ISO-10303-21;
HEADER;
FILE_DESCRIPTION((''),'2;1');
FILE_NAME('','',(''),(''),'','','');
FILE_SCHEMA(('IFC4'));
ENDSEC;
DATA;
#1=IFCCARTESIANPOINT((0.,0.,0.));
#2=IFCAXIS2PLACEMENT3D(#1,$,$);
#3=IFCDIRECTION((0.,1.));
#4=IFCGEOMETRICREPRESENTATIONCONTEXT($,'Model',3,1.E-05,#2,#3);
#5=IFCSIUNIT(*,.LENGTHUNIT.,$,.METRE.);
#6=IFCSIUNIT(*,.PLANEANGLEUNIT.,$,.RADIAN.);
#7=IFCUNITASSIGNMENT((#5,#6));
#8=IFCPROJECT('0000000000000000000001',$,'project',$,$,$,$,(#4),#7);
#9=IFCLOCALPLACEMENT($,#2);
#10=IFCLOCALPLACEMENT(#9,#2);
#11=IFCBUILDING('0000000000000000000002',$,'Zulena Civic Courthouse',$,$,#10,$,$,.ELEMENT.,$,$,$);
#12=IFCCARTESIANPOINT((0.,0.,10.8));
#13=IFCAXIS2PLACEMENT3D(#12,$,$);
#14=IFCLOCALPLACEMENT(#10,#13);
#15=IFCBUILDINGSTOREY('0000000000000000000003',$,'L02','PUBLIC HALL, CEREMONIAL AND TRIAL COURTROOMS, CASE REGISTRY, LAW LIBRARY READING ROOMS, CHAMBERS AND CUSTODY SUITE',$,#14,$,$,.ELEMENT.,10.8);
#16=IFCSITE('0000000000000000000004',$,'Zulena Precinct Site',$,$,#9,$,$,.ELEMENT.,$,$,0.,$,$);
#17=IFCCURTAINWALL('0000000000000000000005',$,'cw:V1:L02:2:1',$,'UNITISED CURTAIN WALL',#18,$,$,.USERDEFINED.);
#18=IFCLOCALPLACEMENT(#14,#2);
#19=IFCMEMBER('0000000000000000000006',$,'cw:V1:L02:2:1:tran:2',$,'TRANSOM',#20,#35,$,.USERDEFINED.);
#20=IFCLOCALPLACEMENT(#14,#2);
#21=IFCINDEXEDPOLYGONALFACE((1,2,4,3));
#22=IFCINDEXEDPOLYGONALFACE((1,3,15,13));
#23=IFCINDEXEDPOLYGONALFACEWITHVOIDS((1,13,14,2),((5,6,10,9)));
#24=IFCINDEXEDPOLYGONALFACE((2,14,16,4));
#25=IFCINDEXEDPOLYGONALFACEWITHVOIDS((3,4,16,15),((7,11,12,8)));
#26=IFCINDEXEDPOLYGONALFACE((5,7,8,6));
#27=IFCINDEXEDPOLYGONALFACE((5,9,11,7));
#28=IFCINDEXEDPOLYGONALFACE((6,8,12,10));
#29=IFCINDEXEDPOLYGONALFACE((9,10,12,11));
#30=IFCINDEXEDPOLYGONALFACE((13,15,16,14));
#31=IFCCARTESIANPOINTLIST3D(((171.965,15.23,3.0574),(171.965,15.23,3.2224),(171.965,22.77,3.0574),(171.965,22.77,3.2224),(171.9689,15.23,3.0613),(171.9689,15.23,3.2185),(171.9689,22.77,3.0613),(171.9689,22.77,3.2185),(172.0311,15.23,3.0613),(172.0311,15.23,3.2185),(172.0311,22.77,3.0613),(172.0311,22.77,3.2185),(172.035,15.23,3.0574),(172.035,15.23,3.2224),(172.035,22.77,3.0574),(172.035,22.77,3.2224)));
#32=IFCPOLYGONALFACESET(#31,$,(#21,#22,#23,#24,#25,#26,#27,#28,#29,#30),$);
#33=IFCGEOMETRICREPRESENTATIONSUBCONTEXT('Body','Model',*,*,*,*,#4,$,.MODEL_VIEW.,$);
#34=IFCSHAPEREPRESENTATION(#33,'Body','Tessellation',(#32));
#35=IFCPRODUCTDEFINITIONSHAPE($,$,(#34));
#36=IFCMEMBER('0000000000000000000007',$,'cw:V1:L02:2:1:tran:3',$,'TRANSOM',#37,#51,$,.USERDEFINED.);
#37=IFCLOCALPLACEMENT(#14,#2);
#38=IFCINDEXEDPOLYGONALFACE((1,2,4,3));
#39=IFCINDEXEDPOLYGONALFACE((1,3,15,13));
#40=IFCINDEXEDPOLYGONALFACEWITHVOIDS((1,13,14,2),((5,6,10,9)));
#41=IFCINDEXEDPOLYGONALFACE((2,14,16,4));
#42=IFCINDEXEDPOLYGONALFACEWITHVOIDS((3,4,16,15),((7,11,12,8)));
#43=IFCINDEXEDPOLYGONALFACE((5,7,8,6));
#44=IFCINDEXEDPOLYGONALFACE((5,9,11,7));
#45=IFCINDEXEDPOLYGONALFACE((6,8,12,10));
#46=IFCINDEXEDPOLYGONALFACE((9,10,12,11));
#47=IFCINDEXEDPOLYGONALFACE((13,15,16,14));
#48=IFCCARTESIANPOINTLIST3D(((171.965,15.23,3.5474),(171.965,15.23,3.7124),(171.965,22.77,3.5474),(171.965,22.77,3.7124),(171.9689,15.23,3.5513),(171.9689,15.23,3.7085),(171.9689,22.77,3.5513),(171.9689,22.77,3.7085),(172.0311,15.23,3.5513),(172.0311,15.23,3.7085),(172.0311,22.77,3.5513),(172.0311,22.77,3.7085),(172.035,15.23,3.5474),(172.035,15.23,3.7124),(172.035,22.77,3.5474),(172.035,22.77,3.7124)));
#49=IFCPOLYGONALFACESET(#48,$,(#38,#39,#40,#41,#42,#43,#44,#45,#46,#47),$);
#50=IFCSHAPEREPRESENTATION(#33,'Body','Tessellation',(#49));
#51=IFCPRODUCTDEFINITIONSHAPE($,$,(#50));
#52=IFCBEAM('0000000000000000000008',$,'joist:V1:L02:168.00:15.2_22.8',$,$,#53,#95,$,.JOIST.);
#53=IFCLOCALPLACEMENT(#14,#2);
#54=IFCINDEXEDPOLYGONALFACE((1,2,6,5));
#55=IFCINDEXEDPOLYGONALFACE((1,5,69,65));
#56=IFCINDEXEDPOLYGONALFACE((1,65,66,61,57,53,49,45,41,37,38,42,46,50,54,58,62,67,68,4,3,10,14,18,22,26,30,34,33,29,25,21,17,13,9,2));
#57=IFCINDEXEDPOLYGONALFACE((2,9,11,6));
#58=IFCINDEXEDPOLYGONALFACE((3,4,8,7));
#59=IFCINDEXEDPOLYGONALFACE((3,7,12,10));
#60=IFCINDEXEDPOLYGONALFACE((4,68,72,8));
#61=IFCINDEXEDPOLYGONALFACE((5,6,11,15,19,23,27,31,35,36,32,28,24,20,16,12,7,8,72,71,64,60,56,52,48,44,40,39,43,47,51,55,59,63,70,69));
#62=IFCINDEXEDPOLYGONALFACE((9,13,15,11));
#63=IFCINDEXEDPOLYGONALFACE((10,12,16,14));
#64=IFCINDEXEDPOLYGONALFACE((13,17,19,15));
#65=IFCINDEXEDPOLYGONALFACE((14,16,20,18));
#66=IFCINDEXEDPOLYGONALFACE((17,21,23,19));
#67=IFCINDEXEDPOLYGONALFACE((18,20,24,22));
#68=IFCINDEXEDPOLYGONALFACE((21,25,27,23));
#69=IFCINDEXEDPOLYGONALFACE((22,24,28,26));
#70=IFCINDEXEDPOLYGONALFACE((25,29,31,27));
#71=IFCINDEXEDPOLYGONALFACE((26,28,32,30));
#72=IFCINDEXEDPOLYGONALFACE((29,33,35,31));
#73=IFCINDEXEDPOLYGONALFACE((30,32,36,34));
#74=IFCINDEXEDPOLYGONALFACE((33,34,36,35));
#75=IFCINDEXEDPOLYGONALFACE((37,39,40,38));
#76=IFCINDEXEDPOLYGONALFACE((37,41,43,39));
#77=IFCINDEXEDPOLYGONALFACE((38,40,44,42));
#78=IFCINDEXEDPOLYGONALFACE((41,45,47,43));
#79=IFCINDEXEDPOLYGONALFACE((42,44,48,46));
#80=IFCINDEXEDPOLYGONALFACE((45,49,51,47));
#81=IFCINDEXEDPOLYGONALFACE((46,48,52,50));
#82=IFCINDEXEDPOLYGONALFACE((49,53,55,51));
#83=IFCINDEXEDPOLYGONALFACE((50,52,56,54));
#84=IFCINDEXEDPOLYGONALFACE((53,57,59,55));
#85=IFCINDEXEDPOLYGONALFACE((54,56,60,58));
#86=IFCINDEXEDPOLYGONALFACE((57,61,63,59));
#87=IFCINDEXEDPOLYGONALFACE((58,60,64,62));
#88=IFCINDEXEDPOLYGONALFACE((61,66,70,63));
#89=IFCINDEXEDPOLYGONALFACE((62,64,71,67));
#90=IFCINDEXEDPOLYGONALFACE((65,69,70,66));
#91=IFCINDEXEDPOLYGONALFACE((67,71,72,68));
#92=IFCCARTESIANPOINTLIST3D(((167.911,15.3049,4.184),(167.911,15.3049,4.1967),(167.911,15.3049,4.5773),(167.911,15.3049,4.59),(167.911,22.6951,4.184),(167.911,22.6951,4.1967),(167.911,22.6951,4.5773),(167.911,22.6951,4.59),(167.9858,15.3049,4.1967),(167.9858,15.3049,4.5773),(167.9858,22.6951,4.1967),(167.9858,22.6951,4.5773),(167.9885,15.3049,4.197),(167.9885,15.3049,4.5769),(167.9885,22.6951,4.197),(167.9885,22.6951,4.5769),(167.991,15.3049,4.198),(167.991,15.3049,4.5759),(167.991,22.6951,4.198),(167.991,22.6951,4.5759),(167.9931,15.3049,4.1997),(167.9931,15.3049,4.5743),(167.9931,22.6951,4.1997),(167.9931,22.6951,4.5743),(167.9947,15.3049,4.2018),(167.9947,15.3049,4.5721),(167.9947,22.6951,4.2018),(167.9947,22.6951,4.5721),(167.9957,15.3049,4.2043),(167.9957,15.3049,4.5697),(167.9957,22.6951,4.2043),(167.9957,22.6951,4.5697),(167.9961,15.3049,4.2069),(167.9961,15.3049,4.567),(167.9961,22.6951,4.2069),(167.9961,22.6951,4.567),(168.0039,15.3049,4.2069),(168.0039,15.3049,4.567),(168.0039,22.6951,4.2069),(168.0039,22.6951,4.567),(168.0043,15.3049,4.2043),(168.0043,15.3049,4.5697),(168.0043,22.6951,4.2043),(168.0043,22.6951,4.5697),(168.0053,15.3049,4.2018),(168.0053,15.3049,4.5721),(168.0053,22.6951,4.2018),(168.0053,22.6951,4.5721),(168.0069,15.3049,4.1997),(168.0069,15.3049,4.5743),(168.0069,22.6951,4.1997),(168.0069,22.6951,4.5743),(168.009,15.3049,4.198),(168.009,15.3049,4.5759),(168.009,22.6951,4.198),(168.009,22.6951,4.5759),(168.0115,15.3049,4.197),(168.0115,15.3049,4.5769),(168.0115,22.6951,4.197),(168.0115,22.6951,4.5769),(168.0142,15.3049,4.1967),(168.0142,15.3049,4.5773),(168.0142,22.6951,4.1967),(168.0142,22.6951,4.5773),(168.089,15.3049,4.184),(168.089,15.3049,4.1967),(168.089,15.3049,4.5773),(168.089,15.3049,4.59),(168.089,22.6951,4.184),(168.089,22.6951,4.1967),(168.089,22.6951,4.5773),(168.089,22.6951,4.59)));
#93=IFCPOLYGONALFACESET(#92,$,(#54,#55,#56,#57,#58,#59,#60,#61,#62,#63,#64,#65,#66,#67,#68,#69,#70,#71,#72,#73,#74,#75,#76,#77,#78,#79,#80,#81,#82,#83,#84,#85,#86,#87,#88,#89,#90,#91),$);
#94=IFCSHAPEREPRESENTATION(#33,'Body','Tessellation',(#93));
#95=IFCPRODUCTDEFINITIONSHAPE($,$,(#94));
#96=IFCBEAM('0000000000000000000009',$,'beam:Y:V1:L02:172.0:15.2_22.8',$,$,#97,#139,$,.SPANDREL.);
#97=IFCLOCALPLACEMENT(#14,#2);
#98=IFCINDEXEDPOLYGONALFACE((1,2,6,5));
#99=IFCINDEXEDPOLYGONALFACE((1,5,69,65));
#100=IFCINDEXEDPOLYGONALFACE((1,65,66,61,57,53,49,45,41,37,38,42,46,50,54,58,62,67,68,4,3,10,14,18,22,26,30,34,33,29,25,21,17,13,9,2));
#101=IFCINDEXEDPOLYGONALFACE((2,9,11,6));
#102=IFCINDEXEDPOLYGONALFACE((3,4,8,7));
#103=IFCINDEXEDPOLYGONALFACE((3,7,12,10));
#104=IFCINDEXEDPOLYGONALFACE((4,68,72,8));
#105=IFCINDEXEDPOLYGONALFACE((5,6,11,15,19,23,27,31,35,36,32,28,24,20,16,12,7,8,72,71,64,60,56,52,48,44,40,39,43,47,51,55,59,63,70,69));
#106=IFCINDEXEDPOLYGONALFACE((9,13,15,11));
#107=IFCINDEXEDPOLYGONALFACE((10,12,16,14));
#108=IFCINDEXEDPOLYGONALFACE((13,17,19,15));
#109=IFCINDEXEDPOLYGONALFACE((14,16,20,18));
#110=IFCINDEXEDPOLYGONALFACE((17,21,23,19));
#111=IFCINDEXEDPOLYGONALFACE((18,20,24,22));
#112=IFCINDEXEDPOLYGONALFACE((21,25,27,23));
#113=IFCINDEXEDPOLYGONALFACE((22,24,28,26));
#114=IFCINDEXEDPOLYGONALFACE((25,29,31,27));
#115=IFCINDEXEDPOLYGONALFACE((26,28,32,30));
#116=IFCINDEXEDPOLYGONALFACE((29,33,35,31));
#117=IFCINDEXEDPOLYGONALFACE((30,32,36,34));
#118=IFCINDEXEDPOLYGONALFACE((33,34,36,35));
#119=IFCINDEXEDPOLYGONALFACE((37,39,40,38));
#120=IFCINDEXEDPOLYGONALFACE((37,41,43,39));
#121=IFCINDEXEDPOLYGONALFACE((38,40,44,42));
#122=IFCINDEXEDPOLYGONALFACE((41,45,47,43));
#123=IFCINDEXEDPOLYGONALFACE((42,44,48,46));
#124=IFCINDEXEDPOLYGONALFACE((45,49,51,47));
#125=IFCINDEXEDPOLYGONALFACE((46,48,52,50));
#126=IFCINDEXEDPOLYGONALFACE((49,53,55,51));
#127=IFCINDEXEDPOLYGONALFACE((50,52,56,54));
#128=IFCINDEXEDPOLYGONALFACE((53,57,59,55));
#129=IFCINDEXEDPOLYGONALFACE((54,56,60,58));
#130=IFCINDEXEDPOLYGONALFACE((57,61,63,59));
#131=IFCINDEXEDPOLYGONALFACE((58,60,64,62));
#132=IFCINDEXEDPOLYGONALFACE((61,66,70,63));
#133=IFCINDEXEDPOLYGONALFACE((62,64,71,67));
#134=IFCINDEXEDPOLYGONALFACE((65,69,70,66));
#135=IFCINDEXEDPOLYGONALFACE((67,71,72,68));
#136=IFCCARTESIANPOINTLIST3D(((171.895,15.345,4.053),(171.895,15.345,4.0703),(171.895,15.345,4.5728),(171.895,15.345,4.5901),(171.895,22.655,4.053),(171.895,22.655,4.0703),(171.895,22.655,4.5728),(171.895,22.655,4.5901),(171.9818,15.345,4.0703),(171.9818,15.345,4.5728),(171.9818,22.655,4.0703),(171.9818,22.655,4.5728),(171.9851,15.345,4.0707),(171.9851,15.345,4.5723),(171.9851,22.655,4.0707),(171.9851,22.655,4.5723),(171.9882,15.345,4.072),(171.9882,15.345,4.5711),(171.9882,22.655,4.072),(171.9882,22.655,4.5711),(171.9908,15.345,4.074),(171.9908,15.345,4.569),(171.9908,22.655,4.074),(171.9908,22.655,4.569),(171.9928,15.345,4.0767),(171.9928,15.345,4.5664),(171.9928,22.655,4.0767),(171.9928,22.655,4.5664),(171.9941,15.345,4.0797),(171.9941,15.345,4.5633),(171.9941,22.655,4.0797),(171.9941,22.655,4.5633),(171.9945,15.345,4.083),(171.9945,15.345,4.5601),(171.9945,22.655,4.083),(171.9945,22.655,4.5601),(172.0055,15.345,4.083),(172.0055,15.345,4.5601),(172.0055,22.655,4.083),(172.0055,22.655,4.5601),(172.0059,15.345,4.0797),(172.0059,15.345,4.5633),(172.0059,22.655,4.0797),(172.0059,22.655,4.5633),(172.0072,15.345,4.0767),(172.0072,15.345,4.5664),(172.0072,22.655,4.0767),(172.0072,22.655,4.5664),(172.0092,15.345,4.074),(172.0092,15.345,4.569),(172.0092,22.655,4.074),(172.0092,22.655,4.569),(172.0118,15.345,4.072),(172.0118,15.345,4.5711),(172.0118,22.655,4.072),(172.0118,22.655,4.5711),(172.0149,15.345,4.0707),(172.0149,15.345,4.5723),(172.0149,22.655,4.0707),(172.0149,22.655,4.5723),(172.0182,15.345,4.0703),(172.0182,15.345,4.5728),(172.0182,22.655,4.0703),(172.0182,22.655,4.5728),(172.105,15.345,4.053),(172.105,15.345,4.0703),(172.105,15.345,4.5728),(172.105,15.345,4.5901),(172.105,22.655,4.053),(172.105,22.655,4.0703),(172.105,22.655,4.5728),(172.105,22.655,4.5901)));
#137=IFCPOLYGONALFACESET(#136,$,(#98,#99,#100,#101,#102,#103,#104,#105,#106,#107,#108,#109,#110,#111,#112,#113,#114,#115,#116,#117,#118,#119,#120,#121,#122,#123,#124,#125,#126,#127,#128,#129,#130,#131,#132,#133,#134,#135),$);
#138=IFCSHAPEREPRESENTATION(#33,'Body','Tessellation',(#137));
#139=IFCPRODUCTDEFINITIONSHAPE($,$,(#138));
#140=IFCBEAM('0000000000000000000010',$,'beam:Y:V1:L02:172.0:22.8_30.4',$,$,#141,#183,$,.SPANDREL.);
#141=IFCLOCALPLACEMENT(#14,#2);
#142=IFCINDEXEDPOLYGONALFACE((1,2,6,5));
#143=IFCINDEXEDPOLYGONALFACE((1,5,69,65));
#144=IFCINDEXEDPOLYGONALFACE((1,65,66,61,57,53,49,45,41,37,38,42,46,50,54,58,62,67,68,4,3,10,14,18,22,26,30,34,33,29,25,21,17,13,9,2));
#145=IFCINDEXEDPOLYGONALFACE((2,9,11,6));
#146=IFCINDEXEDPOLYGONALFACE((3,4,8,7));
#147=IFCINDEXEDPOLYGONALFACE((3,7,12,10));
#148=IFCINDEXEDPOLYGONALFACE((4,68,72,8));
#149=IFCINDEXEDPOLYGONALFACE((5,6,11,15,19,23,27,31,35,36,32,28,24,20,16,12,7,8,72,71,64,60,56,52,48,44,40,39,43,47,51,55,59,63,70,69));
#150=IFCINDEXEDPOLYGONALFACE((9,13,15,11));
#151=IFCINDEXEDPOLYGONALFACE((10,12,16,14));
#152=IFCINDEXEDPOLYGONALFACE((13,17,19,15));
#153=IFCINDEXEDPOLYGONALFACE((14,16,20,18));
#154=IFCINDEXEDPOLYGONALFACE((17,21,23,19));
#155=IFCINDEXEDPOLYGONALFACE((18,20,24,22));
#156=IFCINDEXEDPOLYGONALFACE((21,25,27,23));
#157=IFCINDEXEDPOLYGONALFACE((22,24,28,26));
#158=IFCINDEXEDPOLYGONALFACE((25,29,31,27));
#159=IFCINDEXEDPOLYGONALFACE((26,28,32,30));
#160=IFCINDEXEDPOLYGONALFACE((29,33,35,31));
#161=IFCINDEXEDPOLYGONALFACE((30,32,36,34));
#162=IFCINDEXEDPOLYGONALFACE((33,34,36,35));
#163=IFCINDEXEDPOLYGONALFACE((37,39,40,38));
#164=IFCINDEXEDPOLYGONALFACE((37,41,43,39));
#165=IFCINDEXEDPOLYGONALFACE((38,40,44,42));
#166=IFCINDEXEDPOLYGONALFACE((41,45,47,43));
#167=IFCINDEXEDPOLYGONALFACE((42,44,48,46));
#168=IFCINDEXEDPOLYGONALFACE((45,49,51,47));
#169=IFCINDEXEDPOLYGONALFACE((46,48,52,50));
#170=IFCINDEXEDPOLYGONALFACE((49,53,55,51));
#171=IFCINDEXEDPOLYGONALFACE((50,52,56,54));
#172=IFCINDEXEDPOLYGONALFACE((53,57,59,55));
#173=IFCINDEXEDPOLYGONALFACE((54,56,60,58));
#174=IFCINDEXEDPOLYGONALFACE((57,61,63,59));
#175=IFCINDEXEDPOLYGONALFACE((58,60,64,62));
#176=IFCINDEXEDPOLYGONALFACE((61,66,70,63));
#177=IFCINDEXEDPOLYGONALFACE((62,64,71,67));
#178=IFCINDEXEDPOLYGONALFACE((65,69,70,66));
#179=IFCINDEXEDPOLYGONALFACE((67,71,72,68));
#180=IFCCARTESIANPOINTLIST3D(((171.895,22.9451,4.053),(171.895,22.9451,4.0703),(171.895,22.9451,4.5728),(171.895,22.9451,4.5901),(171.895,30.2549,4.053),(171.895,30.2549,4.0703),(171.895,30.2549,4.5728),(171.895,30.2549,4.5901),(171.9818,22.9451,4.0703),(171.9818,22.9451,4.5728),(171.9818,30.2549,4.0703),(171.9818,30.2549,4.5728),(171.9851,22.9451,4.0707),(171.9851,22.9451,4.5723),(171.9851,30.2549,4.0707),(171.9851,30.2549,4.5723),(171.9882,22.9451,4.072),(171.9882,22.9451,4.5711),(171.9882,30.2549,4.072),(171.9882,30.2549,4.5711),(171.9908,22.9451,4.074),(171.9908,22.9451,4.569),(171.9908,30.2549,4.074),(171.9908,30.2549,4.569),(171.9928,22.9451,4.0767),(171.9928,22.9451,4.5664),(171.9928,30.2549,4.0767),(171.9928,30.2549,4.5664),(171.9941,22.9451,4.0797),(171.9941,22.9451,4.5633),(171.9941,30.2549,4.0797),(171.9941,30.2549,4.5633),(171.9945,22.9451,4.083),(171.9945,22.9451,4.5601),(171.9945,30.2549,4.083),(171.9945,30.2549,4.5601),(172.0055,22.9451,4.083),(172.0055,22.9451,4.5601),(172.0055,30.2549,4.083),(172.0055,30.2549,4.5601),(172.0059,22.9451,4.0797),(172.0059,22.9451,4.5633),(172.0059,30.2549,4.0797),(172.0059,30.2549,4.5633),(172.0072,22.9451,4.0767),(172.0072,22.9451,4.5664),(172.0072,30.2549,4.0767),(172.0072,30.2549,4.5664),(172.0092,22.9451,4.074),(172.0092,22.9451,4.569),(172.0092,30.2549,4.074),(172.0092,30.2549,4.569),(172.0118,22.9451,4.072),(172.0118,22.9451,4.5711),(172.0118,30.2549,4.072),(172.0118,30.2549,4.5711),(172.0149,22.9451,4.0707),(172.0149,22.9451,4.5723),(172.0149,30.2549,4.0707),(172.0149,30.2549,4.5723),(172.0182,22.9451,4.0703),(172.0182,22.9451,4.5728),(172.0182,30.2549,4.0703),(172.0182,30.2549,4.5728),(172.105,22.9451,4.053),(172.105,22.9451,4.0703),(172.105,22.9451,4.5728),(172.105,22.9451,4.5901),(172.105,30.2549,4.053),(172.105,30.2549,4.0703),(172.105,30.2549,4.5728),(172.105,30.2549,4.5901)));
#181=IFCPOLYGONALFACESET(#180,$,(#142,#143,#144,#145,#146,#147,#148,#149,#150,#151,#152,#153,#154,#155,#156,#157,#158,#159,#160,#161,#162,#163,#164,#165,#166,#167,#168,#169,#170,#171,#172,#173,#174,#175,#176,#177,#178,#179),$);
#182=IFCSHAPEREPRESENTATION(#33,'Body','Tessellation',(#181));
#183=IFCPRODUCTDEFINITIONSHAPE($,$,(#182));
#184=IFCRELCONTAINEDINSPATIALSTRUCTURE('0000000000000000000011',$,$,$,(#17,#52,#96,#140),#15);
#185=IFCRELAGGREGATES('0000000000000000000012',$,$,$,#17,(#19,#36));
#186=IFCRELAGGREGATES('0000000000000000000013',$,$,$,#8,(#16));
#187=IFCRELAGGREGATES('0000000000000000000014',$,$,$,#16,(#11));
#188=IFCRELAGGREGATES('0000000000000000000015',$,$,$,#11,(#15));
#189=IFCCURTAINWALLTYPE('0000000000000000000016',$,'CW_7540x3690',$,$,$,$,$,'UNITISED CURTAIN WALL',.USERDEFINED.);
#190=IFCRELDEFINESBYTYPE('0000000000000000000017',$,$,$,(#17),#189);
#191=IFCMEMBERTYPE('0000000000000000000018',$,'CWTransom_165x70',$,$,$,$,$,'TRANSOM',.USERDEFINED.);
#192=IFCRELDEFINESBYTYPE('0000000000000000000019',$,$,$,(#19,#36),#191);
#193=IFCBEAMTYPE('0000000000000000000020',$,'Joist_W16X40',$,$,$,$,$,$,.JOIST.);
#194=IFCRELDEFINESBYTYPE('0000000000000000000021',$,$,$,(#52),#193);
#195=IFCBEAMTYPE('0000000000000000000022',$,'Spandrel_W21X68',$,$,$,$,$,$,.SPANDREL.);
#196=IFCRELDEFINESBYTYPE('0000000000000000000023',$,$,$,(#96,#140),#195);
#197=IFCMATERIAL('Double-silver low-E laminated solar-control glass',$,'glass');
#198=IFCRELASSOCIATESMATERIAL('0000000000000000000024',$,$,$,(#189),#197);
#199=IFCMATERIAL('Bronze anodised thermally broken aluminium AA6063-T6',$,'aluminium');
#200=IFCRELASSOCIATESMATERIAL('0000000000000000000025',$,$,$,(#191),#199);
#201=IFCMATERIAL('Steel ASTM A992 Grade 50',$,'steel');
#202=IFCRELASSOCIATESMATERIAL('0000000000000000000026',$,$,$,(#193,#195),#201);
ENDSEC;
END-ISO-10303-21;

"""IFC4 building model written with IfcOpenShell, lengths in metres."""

from ifc_helpers import new_model, si_unit, direction, frame, origin, origin_2d, place, context, subcontext, project, spatial, hollow_rectangle, i_section, extrude, material, material_profile, profile_set, type_object, element, aggregate, save


model = new_model("IFC4")

# Units and contexts
model_context = context("Model", 3, precision=1e-05, world=origin(), true_north=direction((0.0, 1.0)))
body_context = subcontext(model_context, "Body", "Model", "MODEL_VIEW")
ifc_project = project(units=[si_unit("LENGTHUNIT", "METRE"), si_unit("PLANEANGLEUNIT", "RADIAN")], contexts=[model_context])

# Site, building, storey
site_placement = place(None, origin())
site = spatial("IfcSite", under=ifc_project, at=site_placement, Name="Zulena Precinct Site", CompositionType="ELEMENT", RefElevation=0.0)
building_placement = place(site_placement, origin())
building = spatial("IfcBuilding", under=site, at=building_placement, Name="Zulena Civic Courthouse", CompositionType="ELEMENT")
storey_placement = place(building_placement, frame((0.0, 0.0, 10.8)))
storey = spatial("IfcBuildingStorey", under=building, at=storey_placement, Name="L02", Description="PUBLIC HALL, CEREMONIAL AND TRIAL COURTROOMS, CASE REGISTRY, LAW LIBRARY READING ROOMS, CHAMBERS AND CUSTODY SUITE", CompositionType="ELEMENT", Elevation=10.8)

# Shared definitions
ifc_material_1 = material(Name="Steel ASTM A992 Grade 50", Category="steel")

# Curtain wall, members
ifc_material_2 = material(Name="Double-silver low-E laminated solar-control glass", Category="glass")
curtain_wall_type = type_object("IfcCurtainWallType", Name="CW_7540x3690", ElementType="UNITISED CURTAIN WALL", PredefinedType="USERDEFINED", material=ifc_material_2)
curtain_wall_placement = place(storey_placement, origin())
curtain_wall = element("IfcCurtainWall", 1, at=curtain_wall_placement, inside=storey, type_object=curtain_wall_type, Name="cw:V1:L02:2:1", ObjectType="UNITISED CURTAIN WALL", PredefinedType="USERDEFINED")
ifc_material_3 = material(Name="Bronze anodised thermally broken aluminium AA6063-T6", Category="aluminium")
ifc_material_profile_1 = material_profile(ifc_material_3, hollow_rectangle(XDim=0.0701, YDim=0.165, WallThickness=0.0039, at=origin_2d()), Name="CWT165X70X4")
ifc_profile_set_1 = profile_set([ifc_material_profile_1], Name="Bronze anodised thermally broken aluminium AA6063-T6")
member_type_1 = type_object("IfcMemberType", Name="CWTransom_165x70", ElementType="TRANSOM", PredefinedType="USERDEFINED", material=ifc_profile_set_1)
member_1_placement = place(storey_placement, frame((172.0, 22.77, 3.1399), z_axis=(0.0, -1.0, 0.0), x_axis=(1.0, 0.0, 0.0)))
member_1 = element("IfcMember", 2, at=member_1_placement, type_object=member_type_1, Name="cw:V1:L02:2:1:tran:2", ObjectType="TRANSOM", PredefinedType="USERDEFINED", context=body_context, shape_type="SweptSolid", body=[
    extrude(hollow_rectangle(XDim=0.0701, YDim=0.165, WallThickness=0.0039, at=origin_2d()), origin(), (0.0, 0.0, 1.0), 7.54),
])
member_2_placement = place(storey_placement, frame((172.0, 22.77, 3.6299), z_axis=(0.0, -1.0, 0.0), x_axis=(1.0, 0.0, 0.0)))
member_2 = element("IfcMember", 3, at=member_2_placement, type_object=member_type_1, Name="cw:V1:L02:2:1:tran:3", ObjectType="TRANSOM", PredefinedType="USERDEFINED", context=body_context, shape_type="SweptSolid", body=[
    extrude(hollow_rectangle(XDim=0.0701, YDim=0.165, WallThickness=0.0039, at=origin_2d()), origin(), (0.0, 0.0, 1.0), 7.54),
])

# Beams
ifc_material_profile_2 = material_profile(ifc_material_1, i_section(OverallWidth=0.178, OverallDepth=0.406, WebThickness=0.0078, FlangeThickness=0.0127, FilletRadius=0.0103, at=origin_2d()), Name="W16X40")
ifc_profile_set_2 = profile_set([ifc_material_profile_2], Name="Steel ASTM A992 Grade 50")
beam_type_1 = type_object("IfcBeamType", Name="Joist_W16X40", PredefinedType="JOIST", material=ifc_profile_set_2)
beam_1_placement = place(storey_placement, frame((168.0, 15.3049, 4.387), z_axis=(0.0, 1.0, 0.0), x_axis=(-1.0, 0.0, 0.0)))
element("IfcBeam", 4, at=beam_1_placement, inside=storey, type_object=beam_type_1, Name="joist:V1:L02:168.00:15.2_22.8", PredefinedType="JOIST", context=body_context, shape_type="SweptSolid", body=[
    extrude(i_section(OverallWidth=0.178, OverallDepth=0.406, WebThickness=0.0078, FlangeThickness=0.0127, FilletRadius=0.0103, at=origin_2d()), origin(), (0.0, 0.0, 1.0), 7.3901),
])
ifc_material_profile_3 = material_profile(ifc_material_1, i_section(OverallWidth=0.21, OverallDepth=0.5371, WebThickness=0.011, FlangeThickness=0.0173, FilletRadius=0.0127, at=origin_2d()), Name="W21X68")
ifc_profile_set_3 = profile_set([ifc_material_profile_3], Name="Steel ASTM A992 Grade 50")
beam_type_2 = type_object("IfcBeamType", Name="Spandrel_W21X68", PredefinedType="SPANDREL", material=ifc_profile_set_3)
beam_2_placement = place(storey_placement, frame((172.0, 15.345, 4.3215), z_axis=(0.0, 1.0, 0.0), x_axis=(-1.0, 0.0, 0.0)))
element("IfcBeam", 5, at=beam_2_placement, inside=storey, type_object=beam_type_2, Name="beam:Y:V1:L02:172.0:15.2_22.8", PredefinedType="SPANDREL", context=body_context, shape_type="SweptSolid", body=[
    extrude(i_section(OverallWidth=0.21, OverallDepth=0.5371, WebThickness=0.011, FlangeThickness=0.0173, FilletRadius=0.0127, at=origin_2d()), origin(), (0.0, 0.0, 1.0), 7.3101),
])
beam_3_placement = place(storey_placement, frame((172.0, 22.9451, 4.3215), z_axis=(0.0, 1.0, 0.0), x_axis=(-1.0, 0.0, 0.0)))
element("IfcBeam", 6, at=beam_3_placement, inside=storey, type_object=beam_type_2, Name="beam:Y:V1:L02:172.0:22.8_30.4", PredefinedType="SPANDREL", context=body_context, shape_type="SweptSolid", body=[
    extrude(i_section(OverallWidth=0.21, OverallDepth=0.5371, WebThickness=0.011, FlangeThickness=0.0173, FilletRadius=0.0127, at=origin_2d()), origin(), (0.0, 0.0, 1.0), 7.3098),
])

aggregate(curtain_wall, [member_1, member_2])

save(model, "model.ifc")
